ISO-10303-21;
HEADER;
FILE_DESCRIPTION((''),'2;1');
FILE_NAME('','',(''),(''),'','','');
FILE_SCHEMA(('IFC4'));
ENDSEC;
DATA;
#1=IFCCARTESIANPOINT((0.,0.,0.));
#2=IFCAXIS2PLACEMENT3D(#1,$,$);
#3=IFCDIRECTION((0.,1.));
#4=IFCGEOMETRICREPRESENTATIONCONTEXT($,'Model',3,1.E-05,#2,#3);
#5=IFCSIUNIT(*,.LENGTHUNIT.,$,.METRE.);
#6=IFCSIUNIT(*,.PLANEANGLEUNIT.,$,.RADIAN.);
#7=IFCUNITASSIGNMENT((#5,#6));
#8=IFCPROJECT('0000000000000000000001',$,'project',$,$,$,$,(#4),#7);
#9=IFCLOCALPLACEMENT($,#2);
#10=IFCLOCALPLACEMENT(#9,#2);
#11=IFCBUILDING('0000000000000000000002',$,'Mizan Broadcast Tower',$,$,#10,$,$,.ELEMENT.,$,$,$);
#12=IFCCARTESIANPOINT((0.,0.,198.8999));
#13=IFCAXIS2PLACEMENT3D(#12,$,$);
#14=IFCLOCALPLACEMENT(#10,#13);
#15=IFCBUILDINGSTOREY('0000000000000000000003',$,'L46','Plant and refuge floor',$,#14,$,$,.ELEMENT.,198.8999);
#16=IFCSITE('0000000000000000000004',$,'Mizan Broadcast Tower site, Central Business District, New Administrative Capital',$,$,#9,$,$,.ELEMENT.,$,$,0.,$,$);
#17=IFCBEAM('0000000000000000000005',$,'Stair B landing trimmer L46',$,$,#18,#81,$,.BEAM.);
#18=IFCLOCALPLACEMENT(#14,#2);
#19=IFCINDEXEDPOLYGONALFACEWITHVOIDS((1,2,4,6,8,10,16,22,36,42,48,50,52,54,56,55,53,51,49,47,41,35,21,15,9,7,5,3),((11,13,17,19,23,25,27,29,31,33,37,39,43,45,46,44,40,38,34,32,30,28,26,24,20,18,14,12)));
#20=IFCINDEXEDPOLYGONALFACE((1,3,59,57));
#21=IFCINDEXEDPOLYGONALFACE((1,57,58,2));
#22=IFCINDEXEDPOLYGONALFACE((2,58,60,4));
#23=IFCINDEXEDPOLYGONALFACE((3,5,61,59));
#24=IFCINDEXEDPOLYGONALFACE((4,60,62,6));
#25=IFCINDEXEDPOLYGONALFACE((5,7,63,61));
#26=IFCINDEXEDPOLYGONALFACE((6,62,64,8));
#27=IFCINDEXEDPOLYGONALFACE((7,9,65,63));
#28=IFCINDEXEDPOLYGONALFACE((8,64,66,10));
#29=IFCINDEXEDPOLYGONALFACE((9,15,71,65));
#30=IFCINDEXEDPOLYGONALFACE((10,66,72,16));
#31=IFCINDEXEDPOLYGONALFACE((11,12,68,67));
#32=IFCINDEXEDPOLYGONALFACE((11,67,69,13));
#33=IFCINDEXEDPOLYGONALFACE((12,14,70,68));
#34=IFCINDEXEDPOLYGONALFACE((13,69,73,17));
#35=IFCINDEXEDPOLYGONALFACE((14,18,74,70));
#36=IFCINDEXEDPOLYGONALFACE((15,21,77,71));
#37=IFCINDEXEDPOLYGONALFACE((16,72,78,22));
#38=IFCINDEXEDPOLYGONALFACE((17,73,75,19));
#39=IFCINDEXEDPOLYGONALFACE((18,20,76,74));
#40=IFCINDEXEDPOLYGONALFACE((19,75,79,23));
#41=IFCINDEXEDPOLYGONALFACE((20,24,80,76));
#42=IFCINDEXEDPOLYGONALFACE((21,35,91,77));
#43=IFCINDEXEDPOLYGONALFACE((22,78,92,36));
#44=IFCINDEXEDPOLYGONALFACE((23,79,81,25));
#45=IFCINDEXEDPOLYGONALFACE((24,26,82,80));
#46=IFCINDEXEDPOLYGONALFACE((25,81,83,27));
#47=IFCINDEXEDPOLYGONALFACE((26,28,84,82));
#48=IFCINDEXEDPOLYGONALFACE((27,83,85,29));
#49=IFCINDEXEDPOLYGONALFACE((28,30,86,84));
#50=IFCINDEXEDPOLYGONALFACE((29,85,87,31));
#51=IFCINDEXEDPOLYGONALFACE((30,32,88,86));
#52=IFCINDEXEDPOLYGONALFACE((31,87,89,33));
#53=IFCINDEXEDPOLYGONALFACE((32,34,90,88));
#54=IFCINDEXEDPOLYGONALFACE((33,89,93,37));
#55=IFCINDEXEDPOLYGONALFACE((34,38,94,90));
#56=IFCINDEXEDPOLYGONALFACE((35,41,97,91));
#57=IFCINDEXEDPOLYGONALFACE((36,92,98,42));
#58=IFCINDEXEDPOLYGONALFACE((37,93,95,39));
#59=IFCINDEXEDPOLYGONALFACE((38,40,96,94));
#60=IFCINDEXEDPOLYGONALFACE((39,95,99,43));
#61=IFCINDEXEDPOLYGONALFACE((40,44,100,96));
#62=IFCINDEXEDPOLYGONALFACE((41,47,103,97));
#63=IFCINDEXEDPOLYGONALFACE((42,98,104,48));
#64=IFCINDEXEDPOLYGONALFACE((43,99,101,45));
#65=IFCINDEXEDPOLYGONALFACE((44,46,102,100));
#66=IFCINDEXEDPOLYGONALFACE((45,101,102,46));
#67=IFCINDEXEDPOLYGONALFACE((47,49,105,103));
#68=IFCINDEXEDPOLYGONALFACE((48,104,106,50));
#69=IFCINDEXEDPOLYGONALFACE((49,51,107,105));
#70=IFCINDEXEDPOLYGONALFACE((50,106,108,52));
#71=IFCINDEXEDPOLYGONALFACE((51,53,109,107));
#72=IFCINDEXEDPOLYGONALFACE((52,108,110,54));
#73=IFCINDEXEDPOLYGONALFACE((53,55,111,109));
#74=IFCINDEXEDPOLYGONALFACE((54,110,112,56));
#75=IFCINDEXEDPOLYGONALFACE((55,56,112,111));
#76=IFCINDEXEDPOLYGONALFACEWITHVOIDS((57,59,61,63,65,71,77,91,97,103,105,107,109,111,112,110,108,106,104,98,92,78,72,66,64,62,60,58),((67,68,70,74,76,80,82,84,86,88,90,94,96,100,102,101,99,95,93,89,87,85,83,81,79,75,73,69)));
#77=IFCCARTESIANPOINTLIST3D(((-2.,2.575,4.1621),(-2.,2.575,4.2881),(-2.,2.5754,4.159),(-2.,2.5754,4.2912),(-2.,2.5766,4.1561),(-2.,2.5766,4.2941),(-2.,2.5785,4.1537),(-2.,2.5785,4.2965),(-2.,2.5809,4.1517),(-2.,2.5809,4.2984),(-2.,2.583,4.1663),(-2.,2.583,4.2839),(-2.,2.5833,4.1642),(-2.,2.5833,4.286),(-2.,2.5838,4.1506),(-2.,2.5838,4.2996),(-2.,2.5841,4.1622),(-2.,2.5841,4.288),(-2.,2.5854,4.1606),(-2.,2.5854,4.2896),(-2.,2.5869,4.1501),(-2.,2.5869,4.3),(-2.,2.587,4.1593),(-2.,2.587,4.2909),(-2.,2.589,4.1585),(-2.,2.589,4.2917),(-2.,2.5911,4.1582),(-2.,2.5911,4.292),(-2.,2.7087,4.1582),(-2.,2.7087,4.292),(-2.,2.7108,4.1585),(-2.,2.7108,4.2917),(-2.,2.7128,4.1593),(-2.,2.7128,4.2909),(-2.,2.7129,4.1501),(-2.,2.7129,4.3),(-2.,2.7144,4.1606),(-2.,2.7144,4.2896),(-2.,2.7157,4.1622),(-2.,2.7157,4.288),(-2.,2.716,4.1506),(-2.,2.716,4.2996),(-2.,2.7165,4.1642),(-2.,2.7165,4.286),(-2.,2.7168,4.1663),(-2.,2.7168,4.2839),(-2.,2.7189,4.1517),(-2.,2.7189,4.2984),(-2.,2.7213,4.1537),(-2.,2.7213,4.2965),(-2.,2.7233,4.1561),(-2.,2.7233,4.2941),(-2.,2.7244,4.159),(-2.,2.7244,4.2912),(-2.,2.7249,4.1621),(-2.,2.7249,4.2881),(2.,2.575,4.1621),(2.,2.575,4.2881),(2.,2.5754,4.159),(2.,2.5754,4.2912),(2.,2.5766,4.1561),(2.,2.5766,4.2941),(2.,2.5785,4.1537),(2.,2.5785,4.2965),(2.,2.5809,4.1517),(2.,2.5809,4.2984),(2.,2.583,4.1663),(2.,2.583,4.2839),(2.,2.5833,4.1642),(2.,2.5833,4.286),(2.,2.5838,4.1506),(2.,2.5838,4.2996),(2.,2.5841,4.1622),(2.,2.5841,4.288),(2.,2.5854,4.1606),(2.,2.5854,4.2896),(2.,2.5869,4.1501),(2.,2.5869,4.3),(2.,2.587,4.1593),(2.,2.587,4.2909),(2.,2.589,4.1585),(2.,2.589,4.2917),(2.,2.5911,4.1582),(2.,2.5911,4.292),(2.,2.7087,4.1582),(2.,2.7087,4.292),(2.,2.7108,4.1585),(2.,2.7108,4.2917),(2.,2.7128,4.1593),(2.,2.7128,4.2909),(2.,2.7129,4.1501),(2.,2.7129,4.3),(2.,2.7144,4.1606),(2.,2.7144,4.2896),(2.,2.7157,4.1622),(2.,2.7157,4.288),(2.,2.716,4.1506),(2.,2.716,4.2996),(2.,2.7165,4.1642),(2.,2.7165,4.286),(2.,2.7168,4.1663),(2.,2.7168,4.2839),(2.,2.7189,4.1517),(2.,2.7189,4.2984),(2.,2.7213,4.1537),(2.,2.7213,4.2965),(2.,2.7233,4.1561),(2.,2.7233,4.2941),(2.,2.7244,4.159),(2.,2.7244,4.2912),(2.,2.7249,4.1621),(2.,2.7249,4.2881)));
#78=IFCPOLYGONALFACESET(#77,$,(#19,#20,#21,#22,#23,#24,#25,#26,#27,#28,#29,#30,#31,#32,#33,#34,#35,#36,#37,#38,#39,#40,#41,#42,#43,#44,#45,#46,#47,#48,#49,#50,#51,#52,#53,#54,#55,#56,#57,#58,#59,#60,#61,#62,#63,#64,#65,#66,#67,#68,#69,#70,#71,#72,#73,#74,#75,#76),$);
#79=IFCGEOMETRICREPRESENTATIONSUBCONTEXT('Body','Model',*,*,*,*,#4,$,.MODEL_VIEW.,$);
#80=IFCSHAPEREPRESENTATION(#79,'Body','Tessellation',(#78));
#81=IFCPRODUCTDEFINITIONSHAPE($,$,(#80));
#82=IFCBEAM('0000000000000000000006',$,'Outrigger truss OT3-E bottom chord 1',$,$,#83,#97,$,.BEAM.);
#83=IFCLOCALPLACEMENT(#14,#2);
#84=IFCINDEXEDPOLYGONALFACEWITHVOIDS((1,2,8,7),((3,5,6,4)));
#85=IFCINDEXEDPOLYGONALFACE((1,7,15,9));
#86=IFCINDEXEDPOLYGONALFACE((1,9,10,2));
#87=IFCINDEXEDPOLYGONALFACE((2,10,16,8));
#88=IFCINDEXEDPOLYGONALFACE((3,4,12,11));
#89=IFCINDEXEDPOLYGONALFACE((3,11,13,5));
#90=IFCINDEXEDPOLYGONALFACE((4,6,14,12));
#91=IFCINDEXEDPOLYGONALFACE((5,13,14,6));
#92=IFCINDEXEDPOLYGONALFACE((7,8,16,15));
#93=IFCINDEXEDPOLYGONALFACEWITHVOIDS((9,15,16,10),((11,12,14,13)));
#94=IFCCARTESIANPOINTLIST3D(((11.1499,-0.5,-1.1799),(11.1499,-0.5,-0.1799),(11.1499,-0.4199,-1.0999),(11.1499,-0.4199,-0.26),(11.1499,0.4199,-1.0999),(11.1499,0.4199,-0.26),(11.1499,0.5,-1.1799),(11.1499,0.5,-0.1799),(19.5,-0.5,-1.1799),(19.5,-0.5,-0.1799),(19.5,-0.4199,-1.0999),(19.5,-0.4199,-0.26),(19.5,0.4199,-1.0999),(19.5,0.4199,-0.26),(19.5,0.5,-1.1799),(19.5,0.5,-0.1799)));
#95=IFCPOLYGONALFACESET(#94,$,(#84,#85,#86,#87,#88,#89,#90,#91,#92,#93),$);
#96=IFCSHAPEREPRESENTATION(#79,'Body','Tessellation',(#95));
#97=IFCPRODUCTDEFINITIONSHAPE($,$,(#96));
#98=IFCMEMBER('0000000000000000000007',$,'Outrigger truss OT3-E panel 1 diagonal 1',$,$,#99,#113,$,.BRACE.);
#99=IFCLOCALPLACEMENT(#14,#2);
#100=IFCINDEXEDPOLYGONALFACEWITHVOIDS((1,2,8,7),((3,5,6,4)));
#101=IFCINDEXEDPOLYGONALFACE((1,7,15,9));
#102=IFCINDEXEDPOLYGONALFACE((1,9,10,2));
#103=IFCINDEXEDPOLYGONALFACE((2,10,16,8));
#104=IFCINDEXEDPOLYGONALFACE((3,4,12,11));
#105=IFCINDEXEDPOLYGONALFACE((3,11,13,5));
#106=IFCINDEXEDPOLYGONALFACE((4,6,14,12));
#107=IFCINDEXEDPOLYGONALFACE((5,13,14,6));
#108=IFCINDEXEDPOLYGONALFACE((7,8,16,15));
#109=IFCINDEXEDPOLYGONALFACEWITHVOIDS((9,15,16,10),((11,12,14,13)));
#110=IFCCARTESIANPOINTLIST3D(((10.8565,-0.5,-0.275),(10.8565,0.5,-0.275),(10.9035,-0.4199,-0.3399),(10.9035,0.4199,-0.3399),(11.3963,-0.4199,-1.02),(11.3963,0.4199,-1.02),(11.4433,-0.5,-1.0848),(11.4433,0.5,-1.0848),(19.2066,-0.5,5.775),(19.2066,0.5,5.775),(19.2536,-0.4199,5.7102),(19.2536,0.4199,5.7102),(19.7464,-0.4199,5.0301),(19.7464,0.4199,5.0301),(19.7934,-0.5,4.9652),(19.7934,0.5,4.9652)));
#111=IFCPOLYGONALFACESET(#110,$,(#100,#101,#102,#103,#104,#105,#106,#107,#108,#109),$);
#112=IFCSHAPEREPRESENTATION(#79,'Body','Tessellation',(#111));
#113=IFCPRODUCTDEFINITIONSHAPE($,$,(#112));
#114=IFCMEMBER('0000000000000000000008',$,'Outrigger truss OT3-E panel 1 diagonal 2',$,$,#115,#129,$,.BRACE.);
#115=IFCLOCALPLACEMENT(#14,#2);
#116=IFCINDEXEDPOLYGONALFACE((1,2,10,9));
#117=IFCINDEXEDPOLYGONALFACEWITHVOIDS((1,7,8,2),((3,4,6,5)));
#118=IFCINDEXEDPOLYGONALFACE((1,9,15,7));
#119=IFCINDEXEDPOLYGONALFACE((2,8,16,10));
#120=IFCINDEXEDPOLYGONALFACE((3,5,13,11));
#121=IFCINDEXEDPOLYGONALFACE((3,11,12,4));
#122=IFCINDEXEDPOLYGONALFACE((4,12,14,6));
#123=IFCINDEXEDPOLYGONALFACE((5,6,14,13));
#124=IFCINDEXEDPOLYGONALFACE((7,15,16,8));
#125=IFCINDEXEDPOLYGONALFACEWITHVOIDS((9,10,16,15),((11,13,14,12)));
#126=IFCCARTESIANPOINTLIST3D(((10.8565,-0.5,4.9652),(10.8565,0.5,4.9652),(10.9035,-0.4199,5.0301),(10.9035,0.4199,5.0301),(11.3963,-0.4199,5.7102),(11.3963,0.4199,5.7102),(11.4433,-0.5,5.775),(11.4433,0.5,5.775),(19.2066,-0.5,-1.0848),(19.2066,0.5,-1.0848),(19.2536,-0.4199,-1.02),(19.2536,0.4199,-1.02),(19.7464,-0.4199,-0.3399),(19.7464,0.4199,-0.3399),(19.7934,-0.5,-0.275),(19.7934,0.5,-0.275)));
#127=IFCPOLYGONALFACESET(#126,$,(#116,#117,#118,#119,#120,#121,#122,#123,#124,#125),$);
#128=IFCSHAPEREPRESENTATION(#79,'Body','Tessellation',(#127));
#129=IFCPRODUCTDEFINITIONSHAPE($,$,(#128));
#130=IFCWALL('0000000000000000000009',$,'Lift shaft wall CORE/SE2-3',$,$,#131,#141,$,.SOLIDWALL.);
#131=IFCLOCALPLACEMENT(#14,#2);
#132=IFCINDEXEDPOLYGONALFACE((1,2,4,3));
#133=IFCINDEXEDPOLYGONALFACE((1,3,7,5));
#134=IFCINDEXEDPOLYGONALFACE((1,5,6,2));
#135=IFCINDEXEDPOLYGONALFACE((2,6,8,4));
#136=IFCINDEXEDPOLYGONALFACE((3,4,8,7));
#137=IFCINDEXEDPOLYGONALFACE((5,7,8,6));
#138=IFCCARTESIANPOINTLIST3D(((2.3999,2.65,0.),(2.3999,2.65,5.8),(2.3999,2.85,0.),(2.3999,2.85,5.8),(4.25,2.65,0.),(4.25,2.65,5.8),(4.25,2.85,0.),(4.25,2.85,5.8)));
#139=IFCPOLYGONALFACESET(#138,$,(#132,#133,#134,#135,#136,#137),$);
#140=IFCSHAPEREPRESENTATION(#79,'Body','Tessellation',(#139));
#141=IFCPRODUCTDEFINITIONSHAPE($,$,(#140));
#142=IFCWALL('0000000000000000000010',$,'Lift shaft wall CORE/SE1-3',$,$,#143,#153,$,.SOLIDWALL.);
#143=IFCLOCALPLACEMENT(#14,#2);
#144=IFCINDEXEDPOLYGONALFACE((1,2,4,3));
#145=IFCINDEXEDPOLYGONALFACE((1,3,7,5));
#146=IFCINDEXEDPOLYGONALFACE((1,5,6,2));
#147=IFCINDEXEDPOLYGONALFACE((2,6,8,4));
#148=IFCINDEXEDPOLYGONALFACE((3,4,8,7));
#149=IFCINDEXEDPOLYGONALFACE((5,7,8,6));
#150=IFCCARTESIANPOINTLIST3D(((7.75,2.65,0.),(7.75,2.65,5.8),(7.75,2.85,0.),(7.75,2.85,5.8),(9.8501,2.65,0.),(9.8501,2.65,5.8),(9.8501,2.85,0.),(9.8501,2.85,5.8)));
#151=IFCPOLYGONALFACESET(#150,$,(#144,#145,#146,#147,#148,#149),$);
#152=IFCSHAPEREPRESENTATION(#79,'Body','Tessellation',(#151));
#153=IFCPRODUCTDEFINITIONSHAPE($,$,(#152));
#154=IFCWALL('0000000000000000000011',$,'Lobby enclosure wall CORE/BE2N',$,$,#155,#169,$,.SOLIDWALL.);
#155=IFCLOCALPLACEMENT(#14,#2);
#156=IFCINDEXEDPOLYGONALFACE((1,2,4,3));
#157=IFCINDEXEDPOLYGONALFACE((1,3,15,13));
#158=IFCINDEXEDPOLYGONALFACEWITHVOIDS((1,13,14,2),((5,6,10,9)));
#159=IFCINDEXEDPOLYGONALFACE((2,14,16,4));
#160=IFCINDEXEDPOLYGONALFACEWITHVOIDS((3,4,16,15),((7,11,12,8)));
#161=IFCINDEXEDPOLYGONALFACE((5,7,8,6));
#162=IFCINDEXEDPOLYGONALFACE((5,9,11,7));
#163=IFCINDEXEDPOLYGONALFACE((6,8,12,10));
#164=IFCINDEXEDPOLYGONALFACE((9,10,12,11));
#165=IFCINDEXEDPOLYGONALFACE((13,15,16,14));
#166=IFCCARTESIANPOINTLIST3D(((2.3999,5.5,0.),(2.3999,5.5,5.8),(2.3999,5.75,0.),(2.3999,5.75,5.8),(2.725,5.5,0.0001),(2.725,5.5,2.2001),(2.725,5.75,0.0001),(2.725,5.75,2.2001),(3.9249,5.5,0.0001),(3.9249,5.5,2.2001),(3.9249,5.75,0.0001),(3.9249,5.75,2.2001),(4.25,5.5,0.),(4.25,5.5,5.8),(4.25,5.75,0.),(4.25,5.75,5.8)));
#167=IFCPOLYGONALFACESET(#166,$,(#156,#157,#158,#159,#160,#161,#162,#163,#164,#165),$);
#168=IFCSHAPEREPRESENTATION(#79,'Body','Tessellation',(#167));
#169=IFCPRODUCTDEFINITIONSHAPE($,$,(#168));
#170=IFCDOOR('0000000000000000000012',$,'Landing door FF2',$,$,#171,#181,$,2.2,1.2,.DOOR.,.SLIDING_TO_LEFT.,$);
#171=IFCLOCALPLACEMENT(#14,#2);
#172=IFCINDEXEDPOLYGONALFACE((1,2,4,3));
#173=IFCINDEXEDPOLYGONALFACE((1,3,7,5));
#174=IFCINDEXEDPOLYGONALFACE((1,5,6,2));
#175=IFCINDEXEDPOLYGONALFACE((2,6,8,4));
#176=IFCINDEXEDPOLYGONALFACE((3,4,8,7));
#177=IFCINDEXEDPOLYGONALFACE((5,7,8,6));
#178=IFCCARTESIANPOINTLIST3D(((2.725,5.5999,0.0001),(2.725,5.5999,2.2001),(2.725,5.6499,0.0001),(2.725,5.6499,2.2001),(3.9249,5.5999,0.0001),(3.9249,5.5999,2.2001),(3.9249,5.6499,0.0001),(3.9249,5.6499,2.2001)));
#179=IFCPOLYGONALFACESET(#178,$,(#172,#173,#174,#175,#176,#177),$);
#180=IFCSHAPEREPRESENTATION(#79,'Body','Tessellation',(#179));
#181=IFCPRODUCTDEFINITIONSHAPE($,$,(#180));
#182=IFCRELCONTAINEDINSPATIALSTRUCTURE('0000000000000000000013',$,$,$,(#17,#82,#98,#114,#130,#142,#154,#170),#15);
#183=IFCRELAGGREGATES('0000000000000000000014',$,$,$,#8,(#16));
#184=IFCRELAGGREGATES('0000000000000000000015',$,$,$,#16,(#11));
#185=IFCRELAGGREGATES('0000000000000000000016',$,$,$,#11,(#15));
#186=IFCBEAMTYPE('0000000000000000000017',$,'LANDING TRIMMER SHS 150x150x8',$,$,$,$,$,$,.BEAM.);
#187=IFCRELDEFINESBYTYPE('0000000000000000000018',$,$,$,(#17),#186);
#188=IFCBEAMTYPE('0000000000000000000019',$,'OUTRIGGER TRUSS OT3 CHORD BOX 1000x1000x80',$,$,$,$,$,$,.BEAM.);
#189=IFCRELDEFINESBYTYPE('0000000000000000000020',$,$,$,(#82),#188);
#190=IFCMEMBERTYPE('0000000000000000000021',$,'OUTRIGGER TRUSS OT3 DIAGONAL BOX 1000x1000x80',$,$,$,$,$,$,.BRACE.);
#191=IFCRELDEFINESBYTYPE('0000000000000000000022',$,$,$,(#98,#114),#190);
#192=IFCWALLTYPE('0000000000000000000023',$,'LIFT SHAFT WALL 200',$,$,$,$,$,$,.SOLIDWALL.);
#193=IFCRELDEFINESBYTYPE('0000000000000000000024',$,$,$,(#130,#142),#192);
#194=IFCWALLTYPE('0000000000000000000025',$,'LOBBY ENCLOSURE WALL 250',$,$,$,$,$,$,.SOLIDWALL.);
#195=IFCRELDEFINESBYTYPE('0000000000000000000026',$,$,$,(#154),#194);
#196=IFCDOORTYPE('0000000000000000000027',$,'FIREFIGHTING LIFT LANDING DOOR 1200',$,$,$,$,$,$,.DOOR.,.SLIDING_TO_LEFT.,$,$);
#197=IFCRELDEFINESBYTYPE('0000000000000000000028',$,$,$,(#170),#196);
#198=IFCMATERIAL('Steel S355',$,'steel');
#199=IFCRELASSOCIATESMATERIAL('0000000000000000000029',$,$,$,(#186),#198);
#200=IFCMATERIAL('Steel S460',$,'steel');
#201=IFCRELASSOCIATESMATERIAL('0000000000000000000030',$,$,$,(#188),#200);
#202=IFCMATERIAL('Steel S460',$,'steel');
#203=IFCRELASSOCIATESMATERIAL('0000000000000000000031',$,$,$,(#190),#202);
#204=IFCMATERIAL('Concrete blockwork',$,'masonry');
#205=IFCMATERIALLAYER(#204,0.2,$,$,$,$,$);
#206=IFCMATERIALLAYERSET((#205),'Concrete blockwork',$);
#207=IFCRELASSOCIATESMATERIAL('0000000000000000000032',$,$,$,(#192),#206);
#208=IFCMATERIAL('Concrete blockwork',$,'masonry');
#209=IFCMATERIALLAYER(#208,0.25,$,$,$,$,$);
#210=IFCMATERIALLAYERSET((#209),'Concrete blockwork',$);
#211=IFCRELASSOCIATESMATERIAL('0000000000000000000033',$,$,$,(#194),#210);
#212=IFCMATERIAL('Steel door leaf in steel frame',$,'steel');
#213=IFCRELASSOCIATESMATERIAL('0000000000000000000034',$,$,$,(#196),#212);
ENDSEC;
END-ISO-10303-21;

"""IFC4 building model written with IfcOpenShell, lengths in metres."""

from ifc_helpers import new_model, si_unit, direction, frame, frame_2d, origin, origin_2d, place, context, subcontext, project, spatial, rectangle, hollow_rectangle, extrude, material, layer, layer_set, material_profile, profile_set, type_object, element, fill, save


model = new_model("IFC4")

# Units and contexts
model_context = context("Model", 3, precision=1e-05, world=origin(), true_north=direction((0.0, 1.0)))
body_context = subcontext(model_context, "Body", "Model", "MODEL_VIEW")
ifc_project = project(units=[si_unit("LENGTHUNIT", "METRE"), si_unit("PLANEANGLEUNIT", "RADIAN")], contexts=[model_context])

# Site, building, storey
site_placement = place(None, origin())
site = spatial("IfcSite", under=ifc_project, at=site_placement, Name="Mizan Broadcast Tower site, Central Business District, New Administrative Capital", CompositionType="ELEMENT", RefElevation=0.0)
building_placement = place(site_placement, origin())
building = spatial("IfcBuilding", under=site, at=building_placement, Name="Mizan Broadcast Tower", CompositionType="ELEMENT")
storey_placement = place(building_placement, frame((0.0, 0.0, 198.8999)))
storey = spatial("IfcBuildingStorey", under=building, at=storey_placement, Name="L46", Description="Plant and refuge floor", CompositionType="ELEMENT", Elevation=198.8999)

# Beams
ifc_material_1 = material(Name="Steel S355", Category="steel")
ifc_material_profile_1 = material_profile(ifc_material_1, hollow_rectangle(XDim=0.1499, YDim=0.1499, WallThickness=0.0081, InnerFilletRadius=0.0081, OuterFilletRadius=0.012, at=origin_2d()), Name="SHS 150x150x8")
ifc_profile_set_1 = profile_set([ifc_material_profile_1], Name="Steel S355")
beam_type_1 = type_object("IfcBeamType", Name="LANDING TRIMMER SHS 150x150x8", PredefinedType="BEAM", material=ifc_profile_set_1)
for number, where, z_axis, x_axis, name in (
    (1, (2.0, 2.6499, 4.2251), (-1.0, 0.0, 0.0), (0.0, -1.0, 0.0), "Stair B landing trimmer L46"),
):
    element("IfcBeam", number, at=place(storey_placement, frame(where, z_axis=z_axis, x_axis=x_axis)), inside=storey, type_object=beam_type_1, Name=name, PredefinedType="BEAM", context=body_context, shape_type="SweptSolid", body=[
        extrude(hollow_rectangle(XDim=0.1499, YDim=0.1499, WallThickness=0.0081, InnerFilletRadius=0.0081, OuterFilletRadius=0.012, at=origin_2d()), origin(), (0.0, 0.0, 1.0), 4.0),
    ])
ifc_material_2 = material(Name="Steel S460", Category="steel")
ifc_material_profile_2 = material_profile(ifc_material_2, hollow_rectangle(XDim=1.0, YDim=1.0, WallThickness=0.0801, at=origin_2d()), Name="BOX 1000x1000x80")
ifc_profile_set_2 = profile_set([ifc_material_profile_2], Name="Steel S460")
beam_type_2 = type_object("IfcBeamType", Name="OUTRIGGER TRUSS OT3 CHORD BOX 1000x1000x80", PredefinedType="BEAM", material=ifc_profile_set_2)
beam_placement = place(storey_placement, frame((11.1499, 0.0, -0.6799), z_axis=(1.0, 0.0, 0.0), x_axis=(0.0, 1.0, 0.0)))
element("IfcBeam", 2, at=beam_placement, inside=storey, type_object=beam_type_2, Name="Outrigger truss OT3-E bottom chord 1", PredefinedType="BEAM", context=body_context, shape_type="SweptSolid", body=[
    extrude(hollow_rectangle(XDim=1.0, YDim=1.0, WallThickness=0.0801, at=origin_2d()), origin(), (0.0, 0.0, 1.0), 8.3501),
])

# Members
ifc_material_3 = material(Name="Steel S460", Category="steel")
ifc_material_profile_3 = material_profile(ifc_material_3, hollow_rectangle(XDim=1.0, YDim=1.0, WallThickness=0.0801, at=origin_2d()), Name="BOX 1000x1000x80")
ifc_profile_set_3 = profile_set([ifc_material_profile_3], Name="Steel S460")
member_type = type_object("IfcMemberType", Name="OUTRIGGER TRUSS OT3 DIAGONAL BOX 1000x1000x80", PredefinedType="BRACE", material=ifc_profile_set_3)
for number, where, z_axis, x_axis, name in (
    (3, (11.1499, 0.0, -0.6799), (0.809784, 0.0, 0.586728), (0.0, 1.0, 0.0), "Outrigger truss OT3-E panel 1 diagonal 1"),
    (4, (11.1499, 0.0, 5.3701), (0.809784, 0.0, -0.586728), (0.0, 1.0, 0.0), "Outrigger truss OT3-E panel 1 diagonal 2"),
):
    element("IfcMember", number, at=place(storey_placement, frame(where, z_axis=z_axis, x_axis=x_axis)), inside=storey, type_object=member_type, Name=name, PredefinedType="BRACE", context=body_context, shape_type="SweptSolid", body=[
        extrude(hollow_rectangle(XDim=1.0, YDim=1.0, WallThickness=0.0801, at=origin_2d()), origin(), (0.0, 0.0, 1.0), 10.3115),
    ])

# Walls
ifc_material_4 = material(Name="Concrete blockwork", Category="masonry")
ifc_layer_1 = layer(ifc_material_4, 0.2)
ifc_layer_set_1 = layer_set([ifc_layer_1], Name="Concrete blockwork")
wall_type_1 = type_object("IfcWallType", Name="LIFT SHAFT WALL 200", PredefinedType="SOLIDWALL", material=ifc_layer_set_1)
wall_1_placement = place(storey_placement, frame((2.3999, 2.75, 0.0), z_axis=(0.0, 0.0, 1.0), x_axis=(1.0, 0.0, 0.0)))
element("IfcWall", 5, at=wall_1_placement, inside=storey, type_object=wall_type_1, Name="Lift shaft wall CORE/SE2-3", PredefinedType="SOLIDWALL", context=body_context, shape_type="SweptSolid", body=[
    extrude(rectangle(XDim=1.8501, YDim=0.2, at=frame_2d((0.925, 0.0))), origin(), (0.0, 0.0, 1.0), 5.8),
])
wall_2_placement = place(storey_placement, frame((7.75, 2.75, 0.0), z_axis=(0.0, 0.0, 1.0), x_axis=(1.0, 0.0, 0.0)))
element("IfcWall", 6, at=wall_2_placement, inside=storey, type_object=wall_type_1, Name="Lift shaft wall CORE/SE1-3", PredefinedType="SOLIDWALL", context=body_context, shape_type="SweptSolid", body=[
    extrude(rectangle(XDim=2.1001, YDim=0.2, at=frame_2d((1.05, 0.0))), origin(), (0.0, 0.0, 1.0), 5.8),
])

# Wall, opening, door
ifc_material_5 = material(Name="Concrete blockwork", Category="masonry")
ifc_layer_2 = layer(ifc_material_5, 0.25)
ifc_layer_set_2 = layer_set([ifc_layer_2], Name="Concrete blockwork")
wall_type_2 = type_object("IfcWallType", Name="LOBBY ENCLOSURE WALL 250", PredefinedType="SOLIDWALL", material=ifc_layer_set_2)
wall_3_placement = place(storey_placement, frame((2.3999, 5.625, 0.0), z_axis=(0.0, 0.0, 1.0), x_axis=(1.0, 0.0, 0.0)))
wall_3 = element("IfcWall", 7, at=wall_3_placement, inside=storey, type_object=wall_type_2, Name="Lobby enclosure wall CORE/BE2N", PredefinedType="SOLIDWALL", context=body_context, shape_type="SweptSolid", body=[
    extrude(rectangle(XDim=1.8501, YDim=0.25, at=frame_2d((0.925, 0.0))), origin(), (0.0, 0.0, 1.0), 5.8),
])
opening_1_placement = place(wall_3_placement, frame((0.325, 0.0, 0.0)))
opening_1 = element("IfcOpeningElement", 8, at=opening_1_placement, cuts=wall_3, PredefinedType="OPENING", context=body_context, shape_type="SweptSolid", body=[
    extrude(rectangle(XDim=1.2, YDim=2.2, at=frame_2d((0.6001, 1.1001))), frame((0.0, 0.135, 0.0), z_axis=(0.0, -1.0, 0.0), x_axis=(1.0, 0.0, 0.0)), (0.0, 0.0, 1.0), 0.27),
])
ifc_material_6 = material(Name="Steel door leaf in steel frame", Category="steel")
door_type_1 = type_object("IfcDoorType", Name="FIREFIGHTING LIFT LANDING DOOR 1200", OperationType="SLIDING_TO_LEFT", PredefinedType="DOOR", material=ifc_material_6)
door_1_placement = place(opening_1_placement, origin())
door_1 = element("IfcDoor", 9, at=door_1_placement, inside=storey, type_object=door_type_1, Name="Landing door FF2", OperationType="SLIDING_TO_LEFT", OverallHeight=2.2, OverallWidth=1.2, PredefinedType="DOOR", context=body_context, shape_type="SweptSolid", body=[
    extrude(rectangle(XDim=1.2, YDim=2.2, at=frame_2d((0.6001, 1.1001))), frame((0.0, 0.0249, 0.0), z_axis=(0.0, -1.0, 0.0), x_axis=(1.0, 0.0, 0.0)), (0.0, 0.0, 1.0), 0.05),
])
fill(opening_1, door_1)

save(model, "model.ifc")
